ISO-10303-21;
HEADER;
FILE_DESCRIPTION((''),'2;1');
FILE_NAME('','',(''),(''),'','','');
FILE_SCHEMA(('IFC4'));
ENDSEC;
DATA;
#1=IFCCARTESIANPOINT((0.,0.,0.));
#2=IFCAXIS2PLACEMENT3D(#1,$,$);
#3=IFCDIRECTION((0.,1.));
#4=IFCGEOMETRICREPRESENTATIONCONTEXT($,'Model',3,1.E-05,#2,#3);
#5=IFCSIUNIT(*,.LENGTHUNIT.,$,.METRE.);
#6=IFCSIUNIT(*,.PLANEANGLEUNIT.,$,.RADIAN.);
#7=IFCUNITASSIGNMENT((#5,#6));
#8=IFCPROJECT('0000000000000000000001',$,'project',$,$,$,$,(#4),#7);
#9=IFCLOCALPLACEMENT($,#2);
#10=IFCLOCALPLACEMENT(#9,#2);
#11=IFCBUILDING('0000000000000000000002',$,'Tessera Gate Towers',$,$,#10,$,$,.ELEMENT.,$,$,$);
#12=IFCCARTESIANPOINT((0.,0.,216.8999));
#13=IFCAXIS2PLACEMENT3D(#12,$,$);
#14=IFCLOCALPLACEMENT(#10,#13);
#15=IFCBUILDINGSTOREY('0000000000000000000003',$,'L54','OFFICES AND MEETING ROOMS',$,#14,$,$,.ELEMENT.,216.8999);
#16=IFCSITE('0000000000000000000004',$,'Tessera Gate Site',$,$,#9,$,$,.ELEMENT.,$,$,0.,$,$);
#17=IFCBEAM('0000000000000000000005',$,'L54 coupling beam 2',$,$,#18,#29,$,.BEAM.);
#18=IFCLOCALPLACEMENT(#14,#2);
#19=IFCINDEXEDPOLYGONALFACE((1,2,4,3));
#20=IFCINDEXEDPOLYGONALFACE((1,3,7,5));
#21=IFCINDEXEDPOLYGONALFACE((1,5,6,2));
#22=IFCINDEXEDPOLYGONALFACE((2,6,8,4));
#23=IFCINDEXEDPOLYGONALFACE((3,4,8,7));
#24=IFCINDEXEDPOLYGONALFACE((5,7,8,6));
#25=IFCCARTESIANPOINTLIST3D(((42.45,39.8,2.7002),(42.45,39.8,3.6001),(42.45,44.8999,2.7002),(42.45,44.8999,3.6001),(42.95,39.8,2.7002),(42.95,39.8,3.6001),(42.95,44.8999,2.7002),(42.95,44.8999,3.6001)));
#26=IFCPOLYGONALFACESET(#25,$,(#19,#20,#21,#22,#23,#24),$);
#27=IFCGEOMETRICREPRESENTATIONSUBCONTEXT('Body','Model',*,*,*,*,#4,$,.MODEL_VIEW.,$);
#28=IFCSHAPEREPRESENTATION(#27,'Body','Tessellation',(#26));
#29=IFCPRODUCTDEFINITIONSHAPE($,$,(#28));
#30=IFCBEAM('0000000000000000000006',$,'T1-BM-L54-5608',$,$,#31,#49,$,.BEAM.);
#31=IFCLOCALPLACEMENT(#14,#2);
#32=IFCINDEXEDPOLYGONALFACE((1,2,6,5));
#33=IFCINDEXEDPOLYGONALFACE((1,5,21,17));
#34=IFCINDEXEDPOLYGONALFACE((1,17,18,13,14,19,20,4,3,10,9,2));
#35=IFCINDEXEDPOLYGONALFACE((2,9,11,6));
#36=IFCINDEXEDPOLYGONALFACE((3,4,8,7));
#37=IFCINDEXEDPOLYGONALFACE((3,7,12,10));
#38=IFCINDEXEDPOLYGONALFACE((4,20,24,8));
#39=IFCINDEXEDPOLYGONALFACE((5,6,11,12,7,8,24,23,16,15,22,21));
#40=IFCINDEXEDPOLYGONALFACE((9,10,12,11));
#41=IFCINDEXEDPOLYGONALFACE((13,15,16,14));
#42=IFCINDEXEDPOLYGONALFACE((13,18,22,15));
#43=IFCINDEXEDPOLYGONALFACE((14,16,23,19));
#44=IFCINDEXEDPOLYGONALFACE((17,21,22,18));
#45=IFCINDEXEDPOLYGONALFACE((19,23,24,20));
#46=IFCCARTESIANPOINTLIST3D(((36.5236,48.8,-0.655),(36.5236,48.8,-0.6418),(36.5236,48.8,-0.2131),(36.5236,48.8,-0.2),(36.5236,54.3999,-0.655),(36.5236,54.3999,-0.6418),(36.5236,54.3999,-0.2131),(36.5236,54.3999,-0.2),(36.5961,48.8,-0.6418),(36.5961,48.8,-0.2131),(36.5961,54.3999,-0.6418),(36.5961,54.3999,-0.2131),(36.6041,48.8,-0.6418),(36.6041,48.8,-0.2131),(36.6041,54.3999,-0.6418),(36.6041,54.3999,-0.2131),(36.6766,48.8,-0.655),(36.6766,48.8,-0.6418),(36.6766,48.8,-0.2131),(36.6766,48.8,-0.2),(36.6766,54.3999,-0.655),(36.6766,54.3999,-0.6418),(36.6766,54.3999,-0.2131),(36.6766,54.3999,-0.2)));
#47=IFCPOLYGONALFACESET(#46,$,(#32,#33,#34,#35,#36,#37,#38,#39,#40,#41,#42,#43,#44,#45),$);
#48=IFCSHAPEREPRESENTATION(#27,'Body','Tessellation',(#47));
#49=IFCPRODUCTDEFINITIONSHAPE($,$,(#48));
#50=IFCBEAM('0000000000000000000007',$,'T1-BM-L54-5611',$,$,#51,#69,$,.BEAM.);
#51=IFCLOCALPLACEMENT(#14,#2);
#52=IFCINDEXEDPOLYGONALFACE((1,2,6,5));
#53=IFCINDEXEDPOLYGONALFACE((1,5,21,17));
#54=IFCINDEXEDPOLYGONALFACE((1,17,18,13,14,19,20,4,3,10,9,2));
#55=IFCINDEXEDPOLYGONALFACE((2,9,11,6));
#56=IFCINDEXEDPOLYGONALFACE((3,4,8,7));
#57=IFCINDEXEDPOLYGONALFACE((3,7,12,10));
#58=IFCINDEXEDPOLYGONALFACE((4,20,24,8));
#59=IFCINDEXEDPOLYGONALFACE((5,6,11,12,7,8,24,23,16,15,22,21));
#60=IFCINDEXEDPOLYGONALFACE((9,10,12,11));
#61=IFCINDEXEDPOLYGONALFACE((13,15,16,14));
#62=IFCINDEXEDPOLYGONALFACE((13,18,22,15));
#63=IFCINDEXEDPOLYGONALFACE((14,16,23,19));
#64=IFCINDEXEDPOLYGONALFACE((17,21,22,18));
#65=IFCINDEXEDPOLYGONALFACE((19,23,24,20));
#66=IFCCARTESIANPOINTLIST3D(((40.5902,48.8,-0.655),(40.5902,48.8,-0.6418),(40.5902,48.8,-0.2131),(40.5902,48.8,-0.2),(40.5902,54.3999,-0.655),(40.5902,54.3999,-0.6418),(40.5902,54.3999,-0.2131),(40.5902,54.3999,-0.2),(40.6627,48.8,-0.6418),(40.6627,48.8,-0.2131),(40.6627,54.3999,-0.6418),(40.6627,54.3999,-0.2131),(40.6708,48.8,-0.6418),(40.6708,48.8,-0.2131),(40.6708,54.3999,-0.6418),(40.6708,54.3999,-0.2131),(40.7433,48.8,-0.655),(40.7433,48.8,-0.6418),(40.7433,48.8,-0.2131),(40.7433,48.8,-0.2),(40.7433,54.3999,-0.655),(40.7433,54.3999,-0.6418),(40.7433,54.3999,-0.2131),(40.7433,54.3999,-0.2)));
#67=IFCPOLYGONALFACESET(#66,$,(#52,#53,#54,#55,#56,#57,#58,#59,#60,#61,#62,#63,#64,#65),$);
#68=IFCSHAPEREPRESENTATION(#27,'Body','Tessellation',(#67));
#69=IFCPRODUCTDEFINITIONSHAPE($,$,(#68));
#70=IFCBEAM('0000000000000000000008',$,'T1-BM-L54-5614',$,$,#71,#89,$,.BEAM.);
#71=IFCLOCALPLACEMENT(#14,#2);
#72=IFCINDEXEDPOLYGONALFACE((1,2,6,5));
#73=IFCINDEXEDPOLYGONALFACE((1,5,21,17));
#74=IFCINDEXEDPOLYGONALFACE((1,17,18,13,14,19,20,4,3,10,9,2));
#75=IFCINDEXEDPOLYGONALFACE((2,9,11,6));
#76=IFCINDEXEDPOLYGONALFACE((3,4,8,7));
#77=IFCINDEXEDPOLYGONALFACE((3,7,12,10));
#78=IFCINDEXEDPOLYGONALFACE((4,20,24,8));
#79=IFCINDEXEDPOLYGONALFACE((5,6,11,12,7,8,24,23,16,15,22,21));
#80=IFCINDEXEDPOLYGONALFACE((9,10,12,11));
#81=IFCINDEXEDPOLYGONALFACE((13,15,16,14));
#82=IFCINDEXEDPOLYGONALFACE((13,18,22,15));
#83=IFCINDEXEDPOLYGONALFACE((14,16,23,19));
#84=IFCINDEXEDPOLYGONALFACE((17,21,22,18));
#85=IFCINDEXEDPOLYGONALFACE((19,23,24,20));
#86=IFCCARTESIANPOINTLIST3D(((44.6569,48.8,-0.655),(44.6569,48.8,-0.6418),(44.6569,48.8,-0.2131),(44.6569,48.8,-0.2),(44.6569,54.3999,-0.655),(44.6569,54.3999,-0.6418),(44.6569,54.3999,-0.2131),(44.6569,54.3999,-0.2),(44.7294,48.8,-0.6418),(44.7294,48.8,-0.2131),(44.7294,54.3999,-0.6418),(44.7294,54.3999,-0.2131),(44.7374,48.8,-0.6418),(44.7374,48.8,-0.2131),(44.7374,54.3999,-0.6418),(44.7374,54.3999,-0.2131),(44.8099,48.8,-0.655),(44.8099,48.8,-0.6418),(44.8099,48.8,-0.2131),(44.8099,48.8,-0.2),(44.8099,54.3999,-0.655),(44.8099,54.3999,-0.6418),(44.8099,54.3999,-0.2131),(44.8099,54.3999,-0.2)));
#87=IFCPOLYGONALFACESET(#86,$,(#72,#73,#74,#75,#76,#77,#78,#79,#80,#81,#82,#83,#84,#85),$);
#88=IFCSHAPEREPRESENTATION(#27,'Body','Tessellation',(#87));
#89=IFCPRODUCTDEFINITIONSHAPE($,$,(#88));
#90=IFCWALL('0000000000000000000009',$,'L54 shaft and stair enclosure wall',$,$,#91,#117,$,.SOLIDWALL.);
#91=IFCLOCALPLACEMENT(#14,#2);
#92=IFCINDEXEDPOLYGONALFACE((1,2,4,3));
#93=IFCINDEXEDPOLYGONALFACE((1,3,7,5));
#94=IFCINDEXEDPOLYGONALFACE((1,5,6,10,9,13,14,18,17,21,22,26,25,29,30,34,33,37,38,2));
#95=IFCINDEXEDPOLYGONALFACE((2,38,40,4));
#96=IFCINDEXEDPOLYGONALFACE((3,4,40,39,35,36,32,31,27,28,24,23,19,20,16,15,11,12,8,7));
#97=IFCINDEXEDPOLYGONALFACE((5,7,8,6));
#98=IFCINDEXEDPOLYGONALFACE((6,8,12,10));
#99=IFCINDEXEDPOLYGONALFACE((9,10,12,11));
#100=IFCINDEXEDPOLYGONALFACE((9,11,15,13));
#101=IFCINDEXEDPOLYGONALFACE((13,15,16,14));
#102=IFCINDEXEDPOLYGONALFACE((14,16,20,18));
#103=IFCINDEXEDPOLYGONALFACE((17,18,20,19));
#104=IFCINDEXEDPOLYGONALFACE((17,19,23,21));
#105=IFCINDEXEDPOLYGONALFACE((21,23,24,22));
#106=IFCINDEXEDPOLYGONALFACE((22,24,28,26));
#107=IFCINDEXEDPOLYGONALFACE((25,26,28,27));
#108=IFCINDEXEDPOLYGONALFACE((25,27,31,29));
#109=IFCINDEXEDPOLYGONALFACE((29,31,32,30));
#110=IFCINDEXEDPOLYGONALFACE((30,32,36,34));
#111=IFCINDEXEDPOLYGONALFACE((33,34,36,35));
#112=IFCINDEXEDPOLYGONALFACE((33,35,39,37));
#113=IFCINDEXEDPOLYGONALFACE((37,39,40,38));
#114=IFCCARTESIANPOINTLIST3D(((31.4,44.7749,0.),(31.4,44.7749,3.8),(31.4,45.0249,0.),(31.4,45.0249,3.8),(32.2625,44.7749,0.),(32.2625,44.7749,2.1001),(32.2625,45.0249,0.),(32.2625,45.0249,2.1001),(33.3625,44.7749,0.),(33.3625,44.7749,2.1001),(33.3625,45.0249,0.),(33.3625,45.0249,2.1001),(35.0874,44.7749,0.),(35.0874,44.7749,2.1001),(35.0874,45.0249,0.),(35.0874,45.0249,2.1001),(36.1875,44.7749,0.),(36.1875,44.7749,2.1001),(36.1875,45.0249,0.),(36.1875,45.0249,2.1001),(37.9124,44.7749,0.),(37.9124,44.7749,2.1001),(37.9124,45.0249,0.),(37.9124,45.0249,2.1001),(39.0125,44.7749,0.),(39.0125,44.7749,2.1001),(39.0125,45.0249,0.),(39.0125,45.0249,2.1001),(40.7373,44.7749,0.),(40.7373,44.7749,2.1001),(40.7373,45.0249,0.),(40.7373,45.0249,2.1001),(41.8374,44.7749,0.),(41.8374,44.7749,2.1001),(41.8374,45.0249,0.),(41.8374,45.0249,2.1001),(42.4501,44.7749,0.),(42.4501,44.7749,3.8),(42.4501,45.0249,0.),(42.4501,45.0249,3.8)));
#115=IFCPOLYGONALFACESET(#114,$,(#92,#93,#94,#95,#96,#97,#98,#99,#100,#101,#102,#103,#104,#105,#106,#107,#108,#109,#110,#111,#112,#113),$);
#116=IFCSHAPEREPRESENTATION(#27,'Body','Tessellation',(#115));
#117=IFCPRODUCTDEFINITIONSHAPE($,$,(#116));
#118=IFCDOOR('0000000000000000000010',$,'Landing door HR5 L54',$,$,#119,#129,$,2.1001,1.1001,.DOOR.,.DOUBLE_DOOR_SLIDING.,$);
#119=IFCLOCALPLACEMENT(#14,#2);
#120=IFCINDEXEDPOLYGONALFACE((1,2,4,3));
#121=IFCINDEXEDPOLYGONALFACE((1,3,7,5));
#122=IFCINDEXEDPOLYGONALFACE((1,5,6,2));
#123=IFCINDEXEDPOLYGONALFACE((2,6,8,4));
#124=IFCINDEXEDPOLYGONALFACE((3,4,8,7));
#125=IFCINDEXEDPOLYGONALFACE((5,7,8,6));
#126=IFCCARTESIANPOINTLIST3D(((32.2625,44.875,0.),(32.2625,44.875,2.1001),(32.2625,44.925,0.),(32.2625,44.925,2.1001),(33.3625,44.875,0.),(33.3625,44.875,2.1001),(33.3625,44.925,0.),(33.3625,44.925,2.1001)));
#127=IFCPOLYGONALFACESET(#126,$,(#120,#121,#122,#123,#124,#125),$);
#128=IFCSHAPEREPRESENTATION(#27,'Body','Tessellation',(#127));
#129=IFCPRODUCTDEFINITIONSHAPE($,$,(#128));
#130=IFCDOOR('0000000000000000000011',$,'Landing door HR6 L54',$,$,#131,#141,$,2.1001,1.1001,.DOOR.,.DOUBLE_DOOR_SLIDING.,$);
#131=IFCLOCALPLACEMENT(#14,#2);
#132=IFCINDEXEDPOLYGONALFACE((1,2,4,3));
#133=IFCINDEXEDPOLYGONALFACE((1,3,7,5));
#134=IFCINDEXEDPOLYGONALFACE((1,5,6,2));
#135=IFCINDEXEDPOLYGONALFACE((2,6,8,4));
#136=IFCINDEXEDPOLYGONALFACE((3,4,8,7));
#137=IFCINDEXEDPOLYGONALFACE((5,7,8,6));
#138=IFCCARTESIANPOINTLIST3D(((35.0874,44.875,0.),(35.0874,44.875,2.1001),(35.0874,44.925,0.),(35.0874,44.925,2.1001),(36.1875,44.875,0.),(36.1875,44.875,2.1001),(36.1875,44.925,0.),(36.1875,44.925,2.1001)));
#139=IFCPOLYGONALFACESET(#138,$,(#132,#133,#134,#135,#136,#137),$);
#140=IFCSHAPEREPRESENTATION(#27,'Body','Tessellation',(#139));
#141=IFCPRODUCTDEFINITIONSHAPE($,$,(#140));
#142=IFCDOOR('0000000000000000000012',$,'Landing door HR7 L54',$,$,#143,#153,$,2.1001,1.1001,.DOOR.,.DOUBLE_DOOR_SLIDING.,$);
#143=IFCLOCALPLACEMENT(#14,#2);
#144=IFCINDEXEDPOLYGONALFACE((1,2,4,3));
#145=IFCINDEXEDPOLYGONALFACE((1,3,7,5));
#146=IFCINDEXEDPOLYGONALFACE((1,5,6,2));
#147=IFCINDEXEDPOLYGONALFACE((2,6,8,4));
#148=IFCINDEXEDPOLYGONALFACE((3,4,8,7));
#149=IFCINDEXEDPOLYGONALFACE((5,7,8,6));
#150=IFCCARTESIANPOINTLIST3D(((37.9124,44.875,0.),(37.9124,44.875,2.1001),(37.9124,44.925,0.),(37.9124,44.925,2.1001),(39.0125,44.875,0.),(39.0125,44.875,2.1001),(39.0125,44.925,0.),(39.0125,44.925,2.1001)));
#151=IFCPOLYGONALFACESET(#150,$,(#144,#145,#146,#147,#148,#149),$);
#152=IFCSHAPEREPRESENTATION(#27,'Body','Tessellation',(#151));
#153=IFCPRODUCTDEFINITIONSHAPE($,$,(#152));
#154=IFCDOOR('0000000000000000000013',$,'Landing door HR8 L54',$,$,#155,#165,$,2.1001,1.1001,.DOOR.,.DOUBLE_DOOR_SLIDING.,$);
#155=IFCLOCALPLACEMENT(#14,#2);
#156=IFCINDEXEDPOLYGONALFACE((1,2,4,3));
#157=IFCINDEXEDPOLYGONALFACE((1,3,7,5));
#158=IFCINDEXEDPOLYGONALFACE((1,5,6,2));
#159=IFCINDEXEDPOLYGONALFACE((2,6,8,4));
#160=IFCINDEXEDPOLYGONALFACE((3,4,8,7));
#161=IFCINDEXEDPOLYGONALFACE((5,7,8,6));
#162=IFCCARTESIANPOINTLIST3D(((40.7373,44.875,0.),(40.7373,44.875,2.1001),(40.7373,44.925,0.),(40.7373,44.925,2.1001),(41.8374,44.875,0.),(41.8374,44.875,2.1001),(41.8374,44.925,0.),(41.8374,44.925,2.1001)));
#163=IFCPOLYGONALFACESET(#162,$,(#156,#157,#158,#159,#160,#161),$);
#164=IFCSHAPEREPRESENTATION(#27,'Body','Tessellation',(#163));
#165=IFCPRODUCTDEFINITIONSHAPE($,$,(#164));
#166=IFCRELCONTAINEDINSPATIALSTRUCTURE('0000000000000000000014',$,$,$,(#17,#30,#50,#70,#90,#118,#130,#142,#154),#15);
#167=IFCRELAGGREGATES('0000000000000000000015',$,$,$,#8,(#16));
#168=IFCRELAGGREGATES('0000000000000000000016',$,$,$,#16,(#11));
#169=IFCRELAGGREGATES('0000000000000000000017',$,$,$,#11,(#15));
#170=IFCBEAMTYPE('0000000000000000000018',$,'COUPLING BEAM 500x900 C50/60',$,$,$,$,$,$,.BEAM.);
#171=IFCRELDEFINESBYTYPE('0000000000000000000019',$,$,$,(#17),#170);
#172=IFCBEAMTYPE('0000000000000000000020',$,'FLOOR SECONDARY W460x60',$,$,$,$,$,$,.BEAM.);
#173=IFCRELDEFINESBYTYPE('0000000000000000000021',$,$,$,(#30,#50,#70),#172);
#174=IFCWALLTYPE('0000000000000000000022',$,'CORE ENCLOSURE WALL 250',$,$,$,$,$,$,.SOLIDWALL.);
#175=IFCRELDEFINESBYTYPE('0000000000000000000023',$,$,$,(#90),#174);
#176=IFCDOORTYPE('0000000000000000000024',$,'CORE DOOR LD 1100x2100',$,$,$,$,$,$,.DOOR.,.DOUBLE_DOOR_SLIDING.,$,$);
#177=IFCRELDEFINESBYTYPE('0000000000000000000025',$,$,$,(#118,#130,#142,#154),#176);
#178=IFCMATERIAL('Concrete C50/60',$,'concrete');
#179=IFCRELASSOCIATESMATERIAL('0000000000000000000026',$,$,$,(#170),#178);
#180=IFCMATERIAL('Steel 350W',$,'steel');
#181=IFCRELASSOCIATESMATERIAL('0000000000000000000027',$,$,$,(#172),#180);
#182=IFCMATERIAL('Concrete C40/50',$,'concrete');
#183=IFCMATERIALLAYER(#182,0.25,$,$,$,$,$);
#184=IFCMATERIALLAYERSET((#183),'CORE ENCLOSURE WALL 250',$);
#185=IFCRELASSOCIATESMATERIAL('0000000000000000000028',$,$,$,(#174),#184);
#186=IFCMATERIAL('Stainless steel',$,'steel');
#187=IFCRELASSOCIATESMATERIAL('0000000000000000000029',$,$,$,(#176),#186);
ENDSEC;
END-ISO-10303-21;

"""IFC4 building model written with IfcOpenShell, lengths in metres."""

from ifc_helpers import new_model, si_unit, direction, frame, frame_2d, origin, origin_2d, place, context, subcontext, project, spatial, rectangle, i_section, extrude, source, transform, mapped, material, layer, layer_set, material_profile, profile_set, type_object, element, fill, save


model = new_model("IFC4")

# Units and contexts
model_context = context("Model", 3, precision=1e-05, world=origin(), true_north=direction((0.0, 1.0)))
body_context = subcontext(model_context, "Body", "Model", "MODEL_VIEW")
ifc_project = project(units=[si_unit("LENGTHUNIT", "METRE"), si_unit("PLANEANGLEUNIT", "RADIAN")], contexts=[model_context])

# Site, building, storey
site_placement = place(None, origin())
site = spatial("IfcSite", under=ifc_project, at=site_placement, Name="Tessera Gate Site", CompositionType="ELEMENT", RefElevation=0.0)
building_placement = place(site_placement, origin())
building = spatial("IfcBuilding", under=site, at=building_placement, Name="Tessera Gate Towers", CompositionType="ELEMENT")
storey_placement = place(building_placement, frame((0.0, 0.0, 216.8999)))
storey = spatial("IfcBuildingStorey", under=building, at=storey_placement, Name="L54", Description="OFFICES AND MEETING ROOMS", CompositionType="ELEMENT", Elevation=216.8999)

# Beams
ifc_material_1 = material(Name="Concrete C50/60", Category="concrete")
ifc_material_profile_1 = material_profile(ifc_material_1, rectangle(XDim=0.5, YDim=0.8999, at=origin_2d()), Name="RC 500x900")
ifc_profile_set_1 = profile_set([ifc_material_profile_1], Name="Concrete C50/60")
beam_type_1 = type_object("IfcBeamType", Name="COUPLING BEAM 500x900 C50/60", PredefinedType="BEAM", material=ifc_profile_set_1)
beam_placement = place(storey_placement, frame((42.7, 39.8, 3.1501), z_axis=(0.0, 1.0, 0.0), x_axis=(-1.0, 0.0, 0.0)))
element("IfcBeam", 1, at=beam_placement, inside=storey, type_object=beam_type_1, Name="L54 coupling beam 2", PredefinedType="BEAM", context=body_context, shape_type="SweptSolid", body=[
    extrude(rectangle(XDim=0.5, YDim=0.8999, at=origin_2d()), origin(), (0.0, 0.0, 1.0), 5.0999),
])
ifc_material_2 = material(Name="Steel 350W", Category="steel")
ifc_material_profile_2 = material_profile(ifc_material_2, i_section(OverallWidth=0.1531, OverallDepth=0.4551, WebThickness=0.0081, FlangeThickness=0.0132, at=origin_2d()), Name="W460x60")
ifc_profile_set_2 = profile_set([ifc_material_profile_2], Name="Steel 350W")
beam_type_2 = type_object("IfcBeamType", Name="FLOOR SECONDARY W460x60", PredefinedType="BEAM", material=ifc_profile_set_2)
for number, where, z_axis, x_axis, name in (
    (2, (36.6001, 48.8, -0.4275), (0.0, 1.0, 0.0), (-1.0, 0.0, 0.0), "T1-BM-L54-5608"),
    (3, (40.6667, 48.8, -0.4275), (0.0, 1.0, 0.0), (-1.0, 0.0, 0.0), "T1-BM-L54-5611"),
    (4, (44.7334, 48.8, -0.4275), (0.0, 1.0, 0.0), (-1.0, 0.0, 0.0), "T1-BM-L54-5614"),
):
    element("IfcBeam", number, at=place(storey_placement, frame(where, z_axis=z_axis, x_axis=x_axis)), inside=storey, type_object=beam_type_2, Name=name, PredefinedType="BEAM", context=body_context, shape_type="SweptSolid", body=[
        extrude(i_section(OverallWidth=0.1531, OverallDepth=0.4551, WebThickness=0.0081, FlangeThickness=0.0132, at=origin_2d()), origin(), (0.0, 0.0, 1.0), 5.5999),
    ])

# Wall, openings, doors
ifc_material_3 = material(Name="Concrete C40/50", Category="concrete")
ifc_layer_1 = layer(ifc_material_3, 0.25)
ifc_layer_set_1 = layer_set([ifc_layer_1], Name="CORE ENCLOSURE WALL 250")
wall_type_1 = type_object("IfcWallType", Name="CORE ENCLOSURE WALL 250", PredefinedType="SOLIDWALL", material=ifc_layer_set_1)
wall_1_placement = place(storey_placement, frame((42.45, 44.8999, 0.0), z_axis=(0.0, 0.0, 1.0), x_axis=(-1.0, 0.0, 0.0)))
wall_1 = element("IfcWall", 5, at=wall_1_placement, inside=storey, type_object=wall_type_1, Name="L54 shaft and stair enclosure wall", PredefinedType="SOLIDWALL", context=body_context, shape_type="SweptSolid", body=[
    extrude(rectangle(XDim=11.05, YDim=0.25, at=frame_2d((5.5249, 0.0))), origin(), (0.0, 0.0, 1.0), 3.8),
])
shared_shape_1 = source(origin(), body_context, "Body", "SweptSolid", [
    extrude(rectangle(XDim=1.1001, YDim=2.1001, at=frame_2d((0.55, 1.05))), frame((0.0, 0.135, 0.0), z_axis=(0.0, -1.0, 0.0), x_axis=(1.0, 0.0, 0.0)), (0.0, 0.0, 1.0), 0.27),
])
opening_1_placement = place(wall_1_placement, frame((9.0874, 0.0, 0.0)))
opening_1 = element("IfcOpeningElement", 6, at=opening_1_placement, cuts=wall_1, PredefinedType="OPENING", context=body_context, shape_type="MappedRepresentation", body=[
    mapped(shared_shape_1, transform((0.0, 0.0, 0.0), scale=1.0)),
])
opening_2_placement = place(wall_1_placement, frame((6.2625, 0.0, 0.0)))
opening_2 = element("IfcOpeningElement", 7, at=opening_2_placement, cuts=wall_1, PredefinedType="OPENING", context=body_context, shape_type="MappedRepresentation", body=[
    mapped(shared_shape_1, transform((0.0, 0.0, 0.0), scale=1.0)),
])
opening_3_placement = place(wall_1_placement, frame((3.4375, 0.0, 0.0)))
opening_3 = element("IfcOpeningElement", 8, at=opening_3_placement, cuts=wall_1, PredefinedType="OPENING", context=body_context, shape_type="MappedRepresentation", body=[
    mapped(shared_shape_1, transform((0.0, 0.0, 0.0), scale=1.0)),
])
opening_4_placement = place(wall_1_placement, frame((0.6125, 0.0, 0.0)))
opening_4 = element("IfcOpeningElement", 9, at=opening_4_placement, cuts=wall_1, PredefinedType="OPENING", context=body_context, shape_type="MappedRepresentation", body=[
    mapped(shared_shape_1, transform((0.0, 0.0, 0.0), scale=1.0)),
])
ifc_material_4 = material(Name="Stainless steel", Category="steel")
door_type_1 = type_object("IfcDoorType", Name="CORE DOOR LD 1100x2100", OperationType="DOUBLE_DOOR_SLIDING", PredefinedType="DOOR", material=ifc_material_4)
shared_shape_2 = source(origin(), body_context, "Body", "SweptSolid", [
    extrude(rectangle(XDim=1.1001, YDim=2.1001, at=frame_2d((0.55, 1.05))), frame((0.0, 0.0249, 0.0), z_axis=(0.0, -1.0, 0.0), x_axis=(1.0, 0.0, 0.0)), (0.0, 0.0, 1.0), 0.05),
])
door_1_placement = place(opening_1_placement, origin())
door_1 = element("IfcDoor", 10, at=door_1_placement, inside=storey, type_object=door_type_1, Name="Landing door HR5 L54", OperationType="DOUBLE_DOOR_SLIDING", OverallHeight=2.1001, OverallWidth=1.1001, PredefinedType="DOOR", context=body_context, shape_type="MappedRepresentation", body=[
    mapped(shared_shape_2, transform((0.0, 0.0, 0.0), scale=1.0)),
])
fill(opening_1, door_1)
door_2_placement = place(opening_2_placement, origin())
door_2 = element("IfcDoor", 11, at=door_2_placement, inside=storey, type_object=door_type_1, Name="Landing door HR6 L54", OperationType="DOUBLE_DOOR_SLIDING", OverallHeight=2.1001, OverallWidth=1.1001, PredefinedType="DOOR", context=body_context, shape_type="MappedRepresentation", body=[
    mapped(shared_shape_2, transform((0.0, 0.0, 0.0), scale=1.0)),
])
fill(opening_2, door_2)
door_3_placement = place(opening_3_placement, origin())
door_3 = element("IfcDoor", 12, at=door_3_placement, inside=storey, type_object=door_type_1, Name="Landing door HR7 L54", OperationType="DOUBLE_DOOR_SLIDING", OverallHeight=2.1001, OverallWidth=1.1001, PredefinedType="DOOR", context=body_context, shape_type="MappedRepresentation", body=[
    mapped(shared_shape_2, transform((0.0, 0.0, 0.0), scale=1.0)),
])
fill(opening_3, door_3)
door_4_placement = place(opening_4_placement, origin())
door_4 = element("IfcDoor", 13, at=door_4_placement, inside=storey, type_object=door_type_1, Name="Landing door HR8 L54", OperationType="DOUBLE_DOOR_SLIDING", OverallHeight=2.1001, OverallWidth=1.1001, PredefinedType="DOOR", context=body_context, shape_type="MappedRepresentation", body=[
    mapped(shared_shape_2, transform((0.0, 0.0, 0.0), scale=1.0)),
])
fill(opening_4, door_4)

save(model, "model.ifc")
